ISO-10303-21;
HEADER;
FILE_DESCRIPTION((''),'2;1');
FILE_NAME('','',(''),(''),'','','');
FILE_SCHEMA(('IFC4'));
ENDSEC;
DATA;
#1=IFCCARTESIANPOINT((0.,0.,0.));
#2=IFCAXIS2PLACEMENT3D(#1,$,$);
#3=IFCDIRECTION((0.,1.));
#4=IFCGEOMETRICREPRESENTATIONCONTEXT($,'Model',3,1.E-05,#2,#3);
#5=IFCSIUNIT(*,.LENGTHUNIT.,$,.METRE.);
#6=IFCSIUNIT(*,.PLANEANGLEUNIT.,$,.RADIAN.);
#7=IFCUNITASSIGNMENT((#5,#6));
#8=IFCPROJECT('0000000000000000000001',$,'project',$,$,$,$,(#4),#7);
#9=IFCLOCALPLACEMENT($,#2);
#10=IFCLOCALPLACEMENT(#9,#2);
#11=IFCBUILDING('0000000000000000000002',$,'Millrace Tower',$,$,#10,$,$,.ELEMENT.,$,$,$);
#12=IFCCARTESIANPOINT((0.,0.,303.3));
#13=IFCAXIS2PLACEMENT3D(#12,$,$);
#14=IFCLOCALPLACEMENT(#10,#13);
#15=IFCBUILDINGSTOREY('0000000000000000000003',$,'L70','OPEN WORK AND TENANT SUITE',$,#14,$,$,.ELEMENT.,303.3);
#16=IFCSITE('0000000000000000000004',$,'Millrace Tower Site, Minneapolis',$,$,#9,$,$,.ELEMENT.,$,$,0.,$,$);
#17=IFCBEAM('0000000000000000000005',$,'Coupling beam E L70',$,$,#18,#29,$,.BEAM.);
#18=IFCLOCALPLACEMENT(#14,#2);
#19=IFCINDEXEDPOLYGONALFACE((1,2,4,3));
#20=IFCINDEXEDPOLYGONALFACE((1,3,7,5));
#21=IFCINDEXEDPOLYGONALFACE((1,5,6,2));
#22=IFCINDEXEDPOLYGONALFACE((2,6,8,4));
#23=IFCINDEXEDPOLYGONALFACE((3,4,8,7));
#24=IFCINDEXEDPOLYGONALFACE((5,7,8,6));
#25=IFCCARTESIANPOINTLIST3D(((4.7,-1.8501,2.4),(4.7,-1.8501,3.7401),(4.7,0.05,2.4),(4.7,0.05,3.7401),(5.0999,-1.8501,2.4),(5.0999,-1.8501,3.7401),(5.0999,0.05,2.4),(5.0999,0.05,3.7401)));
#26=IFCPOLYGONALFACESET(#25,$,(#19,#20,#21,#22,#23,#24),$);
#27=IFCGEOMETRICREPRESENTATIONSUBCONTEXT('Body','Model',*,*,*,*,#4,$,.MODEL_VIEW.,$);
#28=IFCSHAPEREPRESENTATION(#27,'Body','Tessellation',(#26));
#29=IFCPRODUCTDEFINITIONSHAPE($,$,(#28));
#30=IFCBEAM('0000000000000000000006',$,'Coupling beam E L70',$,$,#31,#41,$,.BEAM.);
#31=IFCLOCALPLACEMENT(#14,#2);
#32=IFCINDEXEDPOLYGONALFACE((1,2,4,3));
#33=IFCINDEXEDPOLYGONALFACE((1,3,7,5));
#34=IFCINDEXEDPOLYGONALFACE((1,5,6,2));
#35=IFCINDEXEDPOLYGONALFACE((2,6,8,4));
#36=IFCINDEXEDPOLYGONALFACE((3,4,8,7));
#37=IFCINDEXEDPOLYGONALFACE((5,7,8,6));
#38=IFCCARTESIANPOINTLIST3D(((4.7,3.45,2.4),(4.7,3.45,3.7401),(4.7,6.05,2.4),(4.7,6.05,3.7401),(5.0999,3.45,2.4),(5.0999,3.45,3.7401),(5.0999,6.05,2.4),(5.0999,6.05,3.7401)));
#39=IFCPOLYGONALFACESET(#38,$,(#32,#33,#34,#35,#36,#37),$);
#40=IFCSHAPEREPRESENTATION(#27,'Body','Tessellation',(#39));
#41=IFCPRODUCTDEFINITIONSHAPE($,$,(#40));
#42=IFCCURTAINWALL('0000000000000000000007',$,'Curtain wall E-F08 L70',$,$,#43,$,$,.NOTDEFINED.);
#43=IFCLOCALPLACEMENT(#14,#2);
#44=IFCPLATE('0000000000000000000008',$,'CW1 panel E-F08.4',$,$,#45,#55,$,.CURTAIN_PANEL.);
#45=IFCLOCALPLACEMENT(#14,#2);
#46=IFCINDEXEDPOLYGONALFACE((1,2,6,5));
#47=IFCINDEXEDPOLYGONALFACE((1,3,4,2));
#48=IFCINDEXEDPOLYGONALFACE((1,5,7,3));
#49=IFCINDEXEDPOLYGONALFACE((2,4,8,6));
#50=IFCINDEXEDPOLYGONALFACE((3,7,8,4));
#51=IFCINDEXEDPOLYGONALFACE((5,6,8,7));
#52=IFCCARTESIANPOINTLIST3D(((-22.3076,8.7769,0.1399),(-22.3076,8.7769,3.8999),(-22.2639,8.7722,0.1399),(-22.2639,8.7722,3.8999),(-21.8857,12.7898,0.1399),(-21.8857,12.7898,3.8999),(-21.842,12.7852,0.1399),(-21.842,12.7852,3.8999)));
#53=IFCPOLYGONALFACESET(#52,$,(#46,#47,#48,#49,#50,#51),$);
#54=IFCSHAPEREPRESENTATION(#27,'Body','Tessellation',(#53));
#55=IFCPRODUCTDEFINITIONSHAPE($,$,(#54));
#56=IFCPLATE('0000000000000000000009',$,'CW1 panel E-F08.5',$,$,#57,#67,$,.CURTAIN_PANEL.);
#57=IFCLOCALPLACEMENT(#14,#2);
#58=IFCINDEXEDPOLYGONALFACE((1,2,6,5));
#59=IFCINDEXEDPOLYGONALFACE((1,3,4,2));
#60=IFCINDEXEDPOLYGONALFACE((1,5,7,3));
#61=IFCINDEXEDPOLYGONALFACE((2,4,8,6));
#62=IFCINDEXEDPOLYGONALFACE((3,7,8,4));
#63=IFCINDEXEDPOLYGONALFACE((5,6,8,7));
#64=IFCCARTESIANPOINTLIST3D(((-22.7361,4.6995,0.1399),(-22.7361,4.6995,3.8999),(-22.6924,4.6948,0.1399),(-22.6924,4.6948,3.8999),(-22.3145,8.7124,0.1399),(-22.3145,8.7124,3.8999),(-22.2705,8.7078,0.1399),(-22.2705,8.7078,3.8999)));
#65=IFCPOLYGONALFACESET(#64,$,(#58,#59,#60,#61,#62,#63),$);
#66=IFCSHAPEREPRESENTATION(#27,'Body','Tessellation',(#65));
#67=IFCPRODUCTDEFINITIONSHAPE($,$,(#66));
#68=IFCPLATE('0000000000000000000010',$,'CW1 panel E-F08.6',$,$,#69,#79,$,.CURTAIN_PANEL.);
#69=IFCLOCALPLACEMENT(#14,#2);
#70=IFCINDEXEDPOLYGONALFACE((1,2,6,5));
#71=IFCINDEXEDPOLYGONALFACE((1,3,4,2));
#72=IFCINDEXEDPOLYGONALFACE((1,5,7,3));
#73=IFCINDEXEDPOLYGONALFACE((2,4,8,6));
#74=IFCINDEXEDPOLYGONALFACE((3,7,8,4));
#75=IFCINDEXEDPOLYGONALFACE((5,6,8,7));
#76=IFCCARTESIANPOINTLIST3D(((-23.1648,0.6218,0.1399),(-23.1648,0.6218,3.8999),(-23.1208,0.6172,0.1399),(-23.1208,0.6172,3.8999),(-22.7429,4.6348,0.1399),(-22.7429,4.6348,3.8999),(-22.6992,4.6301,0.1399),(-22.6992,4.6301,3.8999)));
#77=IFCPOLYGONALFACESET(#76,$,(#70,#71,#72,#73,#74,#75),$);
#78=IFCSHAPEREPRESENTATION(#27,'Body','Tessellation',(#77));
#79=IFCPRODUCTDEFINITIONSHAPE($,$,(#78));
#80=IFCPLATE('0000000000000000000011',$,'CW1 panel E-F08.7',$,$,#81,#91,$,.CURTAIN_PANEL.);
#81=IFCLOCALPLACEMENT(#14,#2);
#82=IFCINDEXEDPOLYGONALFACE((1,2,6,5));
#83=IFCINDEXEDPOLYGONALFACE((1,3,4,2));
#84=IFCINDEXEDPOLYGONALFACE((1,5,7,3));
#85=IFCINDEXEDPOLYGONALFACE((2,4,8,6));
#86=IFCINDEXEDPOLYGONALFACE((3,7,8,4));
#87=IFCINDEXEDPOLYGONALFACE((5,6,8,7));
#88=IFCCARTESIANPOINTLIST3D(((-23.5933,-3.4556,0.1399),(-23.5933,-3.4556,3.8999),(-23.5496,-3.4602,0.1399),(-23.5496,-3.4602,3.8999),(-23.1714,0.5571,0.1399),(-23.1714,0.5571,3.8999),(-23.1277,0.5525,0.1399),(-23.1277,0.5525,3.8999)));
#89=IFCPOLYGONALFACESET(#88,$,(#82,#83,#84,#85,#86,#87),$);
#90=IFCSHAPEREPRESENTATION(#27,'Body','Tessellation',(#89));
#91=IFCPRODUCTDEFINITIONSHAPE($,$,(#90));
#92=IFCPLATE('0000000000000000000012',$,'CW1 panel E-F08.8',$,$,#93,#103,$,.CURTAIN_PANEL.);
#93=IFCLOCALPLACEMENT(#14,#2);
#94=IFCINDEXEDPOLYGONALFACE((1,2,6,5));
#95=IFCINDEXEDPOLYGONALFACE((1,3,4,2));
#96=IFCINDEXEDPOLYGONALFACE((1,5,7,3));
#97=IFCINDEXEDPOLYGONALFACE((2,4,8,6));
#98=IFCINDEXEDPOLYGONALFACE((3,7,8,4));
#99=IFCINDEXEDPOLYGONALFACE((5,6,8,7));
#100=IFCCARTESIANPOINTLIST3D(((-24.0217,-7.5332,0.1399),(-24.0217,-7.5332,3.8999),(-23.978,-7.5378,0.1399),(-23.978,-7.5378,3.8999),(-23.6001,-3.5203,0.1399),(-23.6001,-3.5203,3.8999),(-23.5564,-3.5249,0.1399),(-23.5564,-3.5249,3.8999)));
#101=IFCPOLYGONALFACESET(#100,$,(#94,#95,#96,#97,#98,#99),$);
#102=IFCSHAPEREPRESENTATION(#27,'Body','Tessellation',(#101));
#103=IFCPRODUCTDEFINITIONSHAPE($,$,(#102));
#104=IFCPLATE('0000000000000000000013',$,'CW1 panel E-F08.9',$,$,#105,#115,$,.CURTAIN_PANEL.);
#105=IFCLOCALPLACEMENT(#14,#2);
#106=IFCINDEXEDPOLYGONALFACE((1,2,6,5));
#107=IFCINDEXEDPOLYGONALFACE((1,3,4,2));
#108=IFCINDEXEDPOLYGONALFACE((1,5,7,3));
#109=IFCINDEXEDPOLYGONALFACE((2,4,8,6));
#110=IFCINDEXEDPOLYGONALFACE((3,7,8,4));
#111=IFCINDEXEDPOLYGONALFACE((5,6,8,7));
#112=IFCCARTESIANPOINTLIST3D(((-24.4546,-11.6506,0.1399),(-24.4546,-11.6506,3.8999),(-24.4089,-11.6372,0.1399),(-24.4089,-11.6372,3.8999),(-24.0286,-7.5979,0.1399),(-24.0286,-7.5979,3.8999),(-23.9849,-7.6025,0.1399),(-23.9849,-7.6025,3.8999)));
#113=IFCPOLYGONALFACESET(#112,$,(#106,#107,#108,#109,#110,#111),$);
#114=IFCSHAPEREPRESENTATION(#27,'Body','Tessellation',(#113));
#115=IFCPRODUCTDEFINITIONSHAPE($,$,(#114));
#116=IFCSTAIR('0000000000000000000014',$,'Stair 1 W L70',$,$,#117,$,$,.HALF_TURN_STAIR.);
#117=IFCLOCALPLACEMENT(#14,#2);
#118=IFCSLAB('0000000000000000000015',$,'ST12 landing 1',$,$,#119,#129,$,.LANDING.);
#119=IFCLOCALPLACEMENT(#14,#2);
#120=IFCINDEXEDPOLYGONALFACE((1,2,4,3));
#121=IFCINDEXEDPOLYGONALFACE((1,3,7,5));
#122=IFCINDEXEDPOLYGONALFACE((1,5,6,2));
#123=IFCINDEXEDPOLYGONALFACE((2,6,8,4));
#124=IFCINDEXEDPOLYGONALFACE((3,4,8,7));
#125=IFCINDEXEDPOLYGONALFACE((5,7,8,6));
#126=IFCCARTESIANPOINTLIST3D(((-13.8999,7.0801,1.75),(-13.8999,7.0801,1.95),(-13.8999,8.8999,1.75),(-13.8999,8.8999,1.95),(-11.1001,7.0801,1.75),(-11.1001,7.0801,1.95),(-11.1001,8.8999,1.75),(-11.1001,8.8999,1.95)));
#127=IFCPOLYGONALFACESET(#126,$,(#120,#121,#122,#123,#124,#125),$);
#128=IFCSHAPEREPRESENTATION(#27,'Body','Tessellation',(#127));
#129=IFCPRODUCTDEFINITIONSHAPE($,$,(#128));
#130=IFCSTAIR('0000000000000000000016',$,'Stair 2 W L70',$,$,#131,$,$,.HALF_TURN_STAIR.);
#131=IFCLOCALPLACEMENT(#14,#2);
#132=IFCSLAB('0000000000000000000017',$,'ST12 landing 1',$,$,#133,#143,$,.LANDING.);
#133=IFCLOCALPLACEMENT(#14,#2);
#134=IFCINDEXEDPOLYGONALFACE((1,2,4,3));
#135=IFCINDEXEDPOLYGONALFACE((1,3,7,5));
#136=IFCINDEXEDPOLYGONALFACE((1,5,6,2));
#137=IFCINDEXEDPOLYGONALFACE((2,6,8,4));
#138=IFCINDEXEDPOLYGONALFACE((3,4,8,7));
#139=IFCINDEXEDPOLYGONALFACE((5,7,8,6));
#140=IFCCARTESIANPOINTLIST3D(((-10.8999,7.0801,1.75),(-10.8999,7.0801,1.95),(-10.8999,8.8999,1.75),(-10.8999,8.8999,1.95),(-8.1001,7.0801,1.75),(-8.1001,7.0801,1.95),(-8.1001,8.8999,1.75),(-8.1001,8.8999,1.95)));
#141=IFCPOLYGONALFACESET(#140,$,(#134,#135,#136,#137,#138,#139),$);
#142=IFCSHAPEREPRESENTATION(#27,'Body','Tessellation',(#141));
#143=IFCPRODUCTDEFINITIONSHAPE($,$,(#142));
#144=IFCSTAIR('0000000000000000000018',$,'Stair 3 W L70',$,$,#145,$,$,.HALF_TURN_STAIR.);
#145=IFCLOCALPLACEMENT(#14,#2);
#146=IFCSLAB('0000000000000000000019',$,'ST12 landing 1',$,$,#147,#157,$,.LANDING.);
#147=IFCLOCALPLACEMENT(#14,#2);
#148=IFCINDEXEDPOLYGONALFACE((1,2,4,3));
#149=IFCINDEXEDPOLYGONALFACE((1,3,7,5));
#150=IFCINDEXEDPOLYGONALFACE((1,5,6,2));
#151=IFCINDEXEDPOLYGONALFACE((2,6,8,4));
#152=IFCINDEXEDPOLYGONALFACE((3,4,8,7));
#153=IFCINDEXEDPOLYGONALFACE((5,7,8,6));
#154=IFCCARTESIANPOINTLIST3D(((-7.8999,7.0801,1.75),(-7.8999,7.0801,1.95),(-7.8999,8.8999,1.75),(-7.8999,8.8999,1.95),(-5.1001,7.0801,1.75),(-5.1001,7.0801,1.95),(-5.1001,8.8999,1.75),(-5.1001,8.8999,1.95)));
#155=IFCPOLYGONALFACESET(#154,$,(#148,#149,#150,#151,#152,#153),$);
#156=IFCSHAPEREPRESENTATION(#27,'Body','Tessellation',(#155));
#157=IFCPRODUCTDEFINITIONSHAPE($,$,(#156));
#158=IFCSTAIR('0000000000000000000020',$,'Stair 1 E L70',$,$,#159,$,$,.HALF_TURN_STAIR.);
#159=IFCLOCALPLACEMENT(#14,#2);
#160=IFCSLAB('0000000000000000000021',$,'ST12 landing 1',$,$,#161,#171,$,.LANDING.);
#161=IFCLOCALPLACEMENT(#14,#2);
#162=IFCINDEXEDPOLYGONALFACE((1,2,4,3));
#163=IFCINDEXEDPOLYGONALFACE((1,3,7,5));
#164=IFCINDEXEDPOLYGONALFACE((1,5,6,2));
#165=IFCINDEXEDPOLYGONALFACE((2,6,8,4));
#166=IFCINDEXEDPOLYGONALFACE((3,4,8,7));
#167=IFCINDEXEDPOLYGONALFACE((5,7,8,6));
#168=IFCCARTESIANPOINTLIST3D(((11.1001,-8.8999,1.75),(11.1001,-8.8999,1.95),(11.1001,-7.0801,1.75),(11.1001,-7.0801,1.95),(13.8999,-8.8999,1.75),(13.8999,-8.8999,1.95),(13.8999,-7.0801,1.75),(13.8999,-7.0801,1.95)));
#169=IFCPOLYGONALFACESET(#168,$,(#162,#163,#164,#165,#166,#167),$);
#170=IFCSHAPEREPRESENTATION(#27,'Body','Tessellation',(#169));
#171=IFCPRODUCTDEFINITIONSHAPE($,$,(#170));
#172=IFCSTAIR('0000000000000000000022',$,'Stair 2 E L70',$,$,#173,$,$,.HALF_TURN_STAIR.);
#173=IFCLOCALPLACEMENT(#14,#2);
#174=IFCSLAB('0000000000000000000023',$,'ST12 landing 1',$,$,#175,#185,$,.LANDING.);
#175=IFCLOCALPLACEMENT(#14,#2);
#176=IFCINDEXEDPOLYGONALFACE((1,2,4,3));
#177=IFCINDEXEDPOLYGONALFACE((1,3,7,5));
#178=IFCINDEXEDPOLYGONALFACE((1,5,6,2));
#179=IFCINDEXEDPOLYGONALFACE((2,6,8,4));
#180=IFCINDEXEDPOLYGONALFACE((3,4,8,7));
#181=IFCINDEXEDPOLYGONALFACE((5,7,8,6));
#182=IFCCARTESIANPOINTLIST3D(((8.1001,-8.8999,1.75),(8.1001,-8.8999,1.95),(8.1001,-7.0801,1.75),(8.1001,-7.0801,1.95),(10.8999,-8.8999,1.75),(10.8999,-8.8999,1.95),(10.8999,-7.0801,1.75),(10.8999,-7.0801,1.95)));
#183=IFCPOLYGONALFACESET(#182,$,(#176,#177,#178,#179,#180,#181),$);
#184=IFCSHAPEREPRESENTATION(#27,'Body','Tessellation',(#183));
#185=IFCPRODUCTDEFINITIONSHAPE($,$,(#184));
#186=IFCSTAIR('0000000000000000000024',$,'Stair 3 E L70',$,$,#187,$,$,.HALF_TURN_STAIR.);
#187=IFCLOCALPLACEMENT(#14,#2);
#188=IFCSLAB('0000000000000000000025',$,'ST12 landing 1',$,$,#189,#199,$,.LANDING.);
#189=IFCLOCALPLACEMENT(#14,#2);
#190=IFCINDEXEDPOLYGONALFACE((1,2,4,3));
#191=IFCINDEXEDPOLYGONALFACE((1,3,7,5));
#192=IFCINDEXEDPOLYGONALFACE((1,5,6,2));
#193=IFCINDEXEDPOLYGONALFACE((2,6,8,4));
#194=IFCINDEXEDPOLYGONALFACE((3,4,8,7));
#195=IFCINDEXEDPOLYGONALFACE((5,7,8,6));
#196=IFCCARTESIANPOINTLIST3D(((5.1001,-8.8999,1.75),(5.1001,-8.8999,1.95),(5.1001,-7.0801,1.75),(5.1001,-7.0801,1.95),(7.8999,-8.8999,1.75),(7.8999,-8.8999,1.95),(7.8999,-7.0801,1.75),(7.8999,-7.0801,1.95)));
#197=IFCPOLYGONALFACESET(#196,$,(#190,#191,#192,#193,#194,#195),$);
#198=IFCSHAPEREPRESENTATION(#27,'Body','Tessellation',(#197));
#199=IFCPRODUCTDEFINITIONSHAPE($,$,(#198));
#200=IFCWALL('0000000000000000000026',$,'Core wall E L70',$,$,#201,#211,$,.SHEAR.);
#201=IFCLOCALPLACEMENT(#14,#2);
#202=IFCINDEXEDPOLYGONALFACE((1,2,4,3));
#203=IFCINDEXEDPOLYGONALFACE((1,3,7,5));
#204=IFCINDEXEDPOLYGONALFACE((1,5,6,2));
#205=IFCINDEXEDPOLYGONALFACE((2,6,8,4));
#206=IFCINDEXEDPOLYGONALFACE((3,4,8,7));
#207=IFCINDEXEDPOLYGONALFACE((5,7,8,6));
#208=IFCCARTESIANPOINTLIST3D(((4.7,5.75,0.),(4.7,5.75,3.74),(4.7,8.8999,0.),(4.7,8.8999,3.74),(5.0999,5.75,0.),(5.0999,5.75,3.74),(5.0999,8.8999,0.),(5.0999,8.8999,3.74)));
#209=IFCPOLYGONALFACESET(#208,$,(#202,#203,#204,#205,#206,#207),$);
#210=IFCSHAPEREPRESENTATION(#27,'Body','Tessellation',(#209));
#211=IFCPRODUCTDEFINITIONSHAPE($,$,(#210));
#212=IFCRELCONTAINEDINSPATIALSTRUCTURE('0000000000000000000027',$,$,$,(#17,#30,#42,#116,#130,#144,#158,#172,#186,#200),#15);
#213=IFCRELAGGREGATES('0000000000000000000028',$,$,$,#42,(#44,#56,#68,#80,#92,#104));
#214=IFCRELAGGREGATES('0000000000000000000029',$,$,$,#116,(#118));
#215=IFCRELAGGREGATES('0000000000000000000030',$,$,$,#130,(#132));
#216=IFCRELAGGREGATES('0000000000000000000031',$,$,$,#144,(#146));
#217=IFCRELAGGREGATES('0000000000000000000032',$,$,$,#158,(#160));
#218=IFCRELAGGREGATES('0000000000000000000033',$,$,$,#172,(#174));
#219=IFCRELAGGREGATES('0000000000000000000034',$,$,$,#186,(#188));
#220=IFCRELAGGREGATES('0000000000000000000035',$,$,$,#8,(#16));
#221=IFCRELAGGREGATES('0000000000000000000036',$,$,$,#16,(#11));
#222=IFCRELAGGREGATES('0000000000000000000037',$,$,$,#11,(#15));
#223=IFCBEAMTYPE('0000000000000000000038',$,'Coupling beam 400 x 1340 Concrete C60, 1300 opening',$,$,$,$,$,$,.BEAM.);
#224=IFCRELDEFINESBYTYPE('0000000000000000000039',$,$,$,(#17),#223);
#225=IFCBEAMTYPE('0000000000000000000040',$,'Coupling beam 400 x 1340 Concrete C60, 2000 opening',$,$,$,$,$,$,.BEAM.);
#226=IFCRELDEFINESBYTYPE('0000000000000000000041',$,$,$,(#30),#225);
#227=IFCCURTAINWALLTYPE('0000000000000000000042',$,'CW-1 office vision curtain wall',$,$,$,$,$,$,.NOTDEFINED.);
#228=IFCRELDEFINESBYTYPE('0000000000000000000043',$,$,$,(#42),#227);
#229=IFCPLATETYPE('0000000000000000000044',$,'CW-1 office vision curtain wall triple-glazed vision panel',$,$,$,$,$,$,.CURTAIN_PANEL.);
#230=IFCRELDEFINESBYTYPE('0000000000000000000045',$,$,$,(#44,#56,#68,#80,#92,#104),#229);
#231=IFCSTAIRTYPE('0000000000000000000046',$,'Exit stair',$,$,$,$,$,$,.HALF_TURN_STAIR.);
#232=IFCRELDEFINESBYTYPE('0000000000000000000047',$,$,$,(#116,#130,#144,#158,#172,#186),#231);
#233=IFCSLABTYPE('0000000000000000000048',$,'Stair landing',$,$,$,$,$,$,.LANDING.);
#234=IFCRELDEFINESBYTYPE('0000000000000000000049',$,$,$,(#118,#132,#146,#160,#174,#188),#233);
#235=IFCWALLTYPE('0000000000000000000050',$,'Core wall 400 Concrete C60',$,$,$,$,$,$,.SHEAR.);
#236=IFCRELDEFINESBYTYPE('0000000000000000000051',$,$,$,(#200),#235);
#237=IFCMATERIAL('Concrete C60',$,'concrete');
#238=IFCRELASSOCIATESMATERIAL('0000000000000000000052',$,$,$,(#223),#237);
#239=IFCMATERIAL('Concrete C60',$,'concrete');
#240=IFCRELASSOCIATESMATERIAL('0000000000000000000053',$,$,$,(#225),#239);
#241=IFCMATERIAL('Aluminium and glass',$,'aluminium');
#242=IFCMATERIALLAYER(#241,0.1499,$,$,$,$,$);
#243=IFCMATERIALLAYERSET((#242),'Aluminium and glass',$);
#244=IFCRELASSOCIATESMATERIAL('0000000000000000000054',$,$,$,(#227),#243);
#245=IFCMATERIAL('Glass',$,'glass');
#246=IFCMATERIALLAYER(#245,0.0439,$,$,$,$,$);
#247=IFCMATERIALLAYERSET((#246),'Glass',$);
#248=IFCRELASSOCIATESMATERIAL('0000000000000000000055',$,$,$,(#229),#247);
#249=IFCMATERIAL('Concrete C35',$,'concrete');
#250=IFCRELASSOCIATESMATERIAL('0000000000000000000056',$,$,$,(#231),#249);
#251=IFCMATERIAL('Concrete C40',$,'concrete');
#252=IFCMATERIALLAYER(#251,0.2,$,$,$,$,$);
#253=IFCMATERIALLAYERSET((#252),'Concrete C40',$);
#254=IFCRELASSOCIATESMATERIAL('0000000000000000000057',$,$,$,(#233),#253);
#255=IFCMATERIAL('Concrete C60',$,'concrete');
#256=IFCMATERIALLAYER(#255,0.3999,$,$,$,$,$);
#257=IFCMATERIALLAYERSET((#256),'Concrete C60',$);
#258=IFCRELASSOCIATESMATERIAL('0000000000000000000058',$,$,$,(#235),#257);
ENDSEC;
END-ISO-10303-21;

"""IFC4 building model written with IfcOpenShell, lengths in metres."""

from ifc_helpers import new_model, si_unit, direction, frame, frame_2d, origin, origin_2d, place, context, subcontext, project, spatial, polyline, rectangle, outline, extrude, material, layer, layer_set, material_profile, profile_set, type_object, element, aggregate, save


model = new_model("IFC4")

# Units and contexts
model_context = context("Model", 3, precision=1e-05, world=origin(), true_north=direction((0.0, 1.0)))
body_context = subcontext(model_context, "Body", "Model", "MODEL_VIEW")
ifc_project = project(units=[si_unit("LENGTHUNIT", "METRE"), si_unit("PLANEANGLEUNIT", "RADIAN")], contexts=[model_context])

# Site, building, storey
site_placement = place(None, origin())
site = spatial("IfcSite", under=ifc_project, at=site_placement, Name="Millrace Tower Site, Minneapolis", CompositionType="ELEMENT", RefElevation=0.0)
building_placement = place(site_placement, origin())
building = spatial("IfcBuilding", under=site, at=building_placement, Name="Millrace Tower", CompositionType="ELEMENT")
storey_placement = place(building_placement, frame((0.0, 0.0, 303.3)))
storey = spatial("IfcBuildingStorey", under=building, at=storey_placement, Name="L70", Description="OPEN WORK AND TENANT SUITE", CompositionType="ELEMENT", Elevation=303.3)

# Beams
ifc_material_1 = material(Name="Concrete C60", Category="concrete")
ifc_material_profile_1 = material_profile(ifc_material_1, rectangle(XDim=0.3999, YDim=1.3401, at=origin_2d()))
ifc_profile_set_1 = profile_set([ifc_material_profile_1], Name="Concrete C60")
beam_type_1 = type_object("IfcBeamType", Name="Coupling beam 400 x 1340 Concrete C60, 1300 opening", PredefinedType="BEAM", material=ifc_profile_set_1)
beam_1_placement = place(storey_placement, frame((4.8999, 0.05, 3.0701), z_axis=(0.0, -1.0, 0.0), x_axis=(1.0, 0.0, 0.0)))
element("IfcBeam", 1, at=beam_1_placement, inside=storey, type_object=beam_type_1, Name="Coupling beam E L70", PredefinedType="BEAM", context=body_context, shape_type="SweptSolid", body=[
    extrude(rectangle(XDim=0.3999, YDim=1.3401, at=origin_2d()), origin(), (0.0, 0.0, 1.0), 1.9001),
])
ifc_material_2 = material(Name="Concrete C60", Category="concrete")
ifc_material_profile_2 = material_profile(ifc_material_2, rectangle(XDim=0.3999, YDim=1.3401, at=origin_2d()))
ifc_profile_set_2 = profile_set([ifc_material_profile_2], Name="Concrete C60")
beam_type_2 = type_object("IfcBeamType", Name="Coupling beam 400 x 1340 Concrete C60, 2000 opening", PredefinedType="BEAM", material=ifc_profile_set_2)
beam_2_placement = place(storey_placement, frame((4.8999, 6.05, 3.0701), z_axis=(0.0, -1.0, 0.0), x_axis=(1.0, 0.0, 0.0)))
element("IfcBeam", 2, at=beam_2_placement, inside=storey, type_object=beam_type_2, Name="Coupling beam E L70", PredefinedType="BEAM", context=body_context, shape_type="SweptSolid", body=[
    extrude(rectangle(XDim=0.3999, YDim=1.3401, at=origin_2d()), origin(), (0.0, 0.0, 1.0), 2.6001),
])

# Curtain wall, plates
ifc_material_3 = material(Name="Aluminium and glass", Category="aluminium")
ifc_layer_1 = layer(ifc_material_3, 0.1499)
ifc_layer_set_1 = layer_set([ifc_layer_1], Name="Aluminium and glass")
curtain_wall_type = type_object("IfcCurtainWallType", Name="CW-1 office vision curtain wall", PredefinedType="NOTDEFINED", material=ifc_layer_set_1)
placement_1 = place(storey_placement, origin())
curtain_wall = element("IfcCurtainWall", 3, at=placement_1, inside=storey, type_object=curtain_wall_type, Name="Curtain wall E-F08 L70", PredefinedType="NOTDEFINED")
ifc_material_4 = material(Name="Glass", Category="glass")
ifc_layer_2 = layer(ifc_material_4, 0.0439)
ifc_layer_set_2 = layer_set([ifc_layer_2], Name="Glass")
plate_type = type_object("IfcPlateType", Name="CW-1 office vision curtain wall triple-glazed vision panel", PredefinedType="CURTAIN_PANEL", material=ifc_layer_set_2)
placement_2 = place(storey_placement, frame((0.0, 0.0, 0.1399)))
plate_1 = element("IfcPlate", 4, at=placement_2, type_object=plate_type, Name="CW1 panel E-F08.4", PredefinedType="CURTAIN_PANEL", context=body_context, shape_type="SweptSolid", body=[
    extrude(outline(polyline([(-21.8857, 12.7898), (-22.3076, 8.7769), (-22.2639, 8.7722), (-21.842, 12.7852), (-21.8857, 12.7898)])), origin(), (0.0, 0.0, 1.0), 3.76),
])
plate_2 = element("IfcPlate", 5, at=placement_2, type_object=plate_type, Name="CW1 panel E-F08.5", PredefinedType="CURTAIN_PANEL", context=body_context, shape_type="SweptSolid", body=[
    extrude(outline(polyline([(-22.3145, 8.7124), (-22.7361, 4.6995), (-22.6924, 4.6948), (-22.2705, 8.7078), (-22.3145, 8.7124)])), origin(), (0.0, 0.0, 1.0), 3.76),
])
plate_3 = element("IfcPlate", 6, at=placement_2, type_object=plate_type, Name="CW1 panel E-F08.6", PredefinedType="CURTAIN_PANEL", context=body_context, shape_type="SweptSolid", body=[
    extrude(outline(polyline([(-22.7429, 4.6348), (-23.1648, 0.6218), (-23.1208, 0.6172), (-22.6992, 4.6301), (-22.7429, 4.6348)])), origin(), (0.0, 0.0, 1.0), 3.76),
])
plate_4 = element("IfcPlate", 7, at=placement_2, type_object=plate_type, Name="CW1 panel E-F08.7", PredefinedType="CURTAIN_PANEL", context=body_context, shape_type="SweptSolid", body=[
    extrude(outline(polyline([(-23.1714, 0.5571), (-23.5933, -3.4556), (-23.5496, -3.4602), (-23.1277, 0.5525), (-23.1714, 0.5571)])), origin(), (0.0, 0.0, 1.0), 3.76),
])
plate_5 = element("IfcPlate", 8, at=placement_2, type_object=plate_type, Name="CW1 panel E-F08.8", PredefinedType="CURTAIN_PANEL", context=body_context, shape_type="SweptSolid", body=[
    extrude(outline(polyline([(-23.6001, -3.5203), (-24.0217, -7.5332), (-23.978, -7.5378), (-23.5564, -3.5249), (-23.6001, -3.5203)])), origin(), (0.0, 0.0, 1.0), 3.76),
])
plate_6 = element("IfcPlate", 9, at=placement_2, type_object=plate_type, Name="CW1 panel E-F08.9", PredefinedType="CURTAIN_PANEL", context=body_context, shape_type="SweptSolid", body=[
    extrude(outline(polyline([(-24.0286, -7.5979), (-24.4546, -11.6506), (-24.4089, -11.6372), (-23.9849, -7.6025), (-24.0286, -7.5979)])), origin(), (0.0, 0.0, 1.0), 3.76),
])
aggregate(curtain_wall, [plate_1, plate_2, plate_3, plate_4, plate_5, plate_6])

# Stairs, slabs
ifc_material_5 = material(Name="Concrete C35", Category="concrete")
stair_type = type_object("IfcStairType", Name="Exit stair", PredefinedType="HALF_TURN_STAIR", material=ifc_material_5)
stair_1 = element("IfcStair", 10, at=placement_1, inside=storey, type_object=stair_type, Name="Stair 1 W L70", PredefinedType="HALF_TURN_STAIR")
ifc_material_6 = material(Name="Concrete C40", Category="concrete")
ifc_layer_3 = layer(ifc_material_6, 0.2)
ifc_layer_set_3 = layer_set([ifc_layer_3], Name="Concrete C40")
slab_type = type_object("IfcSlabType", Name="Stair landing", PredefinedType="LANDING", material=ifc_layer_set_3)
placement_3 = place(storey_placement, frame((0.0, 0.0, 1.75)))
slab_1 = element("IfcSlab", 11, at=placement_3, type_object=slab_type, Name="ST12 landing 1", PredefinedType="LANDING", context=body_context, shape_type="SweptSolid", body=[
    extrude(outline(polyline([(-13.8999, 7.0801), (-11.1001, 7.0801), (-11.1001, 8.8999), (-13.8999, 8.8999), (-13.8999, 7.0801)])), origin(), (0.0, 0.0, 1.0), 0.2),
])
aggregate(stair_1, [slab_1])
stair_2 = element("IfcStair", 12, at=placement_1, inside=storey, type_object=stair_type, Name="Stair 2 W L70", PredefinedType="HALF_TURN_STAIR")
slab_2 = element("IfcSlab", 13, at=placement_3, type_object=slab_type, Name="ST12 landing 1", PredefinedType="LANDING", context=body_context, shape_type="SweptSolid", body=[
    extrude(outline(polyline([(-10.8999, 7.0801), (-8.1001, 7.0801), (-8.1001, 8.8999), (-10.8999, 8.8999), (-10.8999, 7.0801)])), origin(), (0.0, 0.0, 1.0), 0.2),
])
aggregate(stair_2, [slab_2])
stair_3 = element("IfcStair", 14, at=placement_1, inside=storey, type_object=stair_type, Name="Stair 3 W L70", PredefinedType="HALF_TURN_STAIR")
slab_3 = element("IfcSlab", 15, at=placement_3, type_object=slab_type, Name="ST12 landing 1", PredefinedType="LANDING", context=body_context, shape_type="SweptSolid", body=[
    extrude(outline(polyline([(-7.8999, 7.0801), (-5.1001, 7.0801), (-5.1001, 8.8999), (-7.8999, 8.8999), (-7.8999, 7.0801)])), origin(), (0.0, 0.0, 1.0), 0.2),
])
aggregate(stair_3, [slab_3])
stair_4 = element("IfcStair", 16, at=placement_1, inside=storey, type_object=stair_type, Name="Stair 1 E L70", PredefinedType="HALF_TURN_STAIR")
slab_4 = element("IfcSlab", 17, at=placement_3, type_object=slab_type, Name="ST12 landing 1", PredefinedType="LANDING", context=body_context, shape_type="SweptSolid", body=[
    extrude(outline(polyline([(11.1001, -8.8999), (13.8999, -8.8999), (13.8999, -7.0801), (11.1001, -7.0801), (11.1001, -8.8999)])), origin(), (0.0, 0.0, 1.0), 0.2),
])
aggregate(stair_4, [slab_4])
stair_5 = element("IfcStair", 18, at=placement_1, inside=storey, type_object=stair_type, Name="Stair 2 E L70", PredefinedType="HALF_TURN_STAIR")
slab_5 = element("IfcSlab", 19, at=placement_3, type_object=slab_type, Name="ST12 landing 1", PredefinedType="LANDING", context=body_context, shape_type="SweptSolid", body=[
    extrude(outline(polyline([(8.1001, -8.8999), (10.8999, -8.8999), (10.8999, -7.0801), (8.1001, -7.0801), (8.1001, -8.8999)])), origin(), (0.0, 0.0, 1.0), 0.2),
])
aggregate(stair_5, [slab_5])
stair_6 = element("IfcStair", 20, at=placement_1, inside=storey, type_object=stair_type, Name="Stair 3 E L70", PredefinedType="HALF_TURN_STAIR")
slab_6 = element("IfcSlab", 21, at=placement_3, type_object=slab_type, Name="ST12 landing 1", PredefinedType="LANDING", context=body_context, shape_type="SweptSolid", body=[
    extrude(outline(polyline([(5.1001, -8.8999), (7.8999, -8.8999), (7.8999, -7.0801), (5.1001, -7.0801), (5.1001, -8.8999)])), origin(), (0.0, 0.0, 1.0), 0.2),
])
aggregate(stair_6, [slab_6])

# Wall
ifc_material_7 = material(Name="Concrete C60", Category="concrete")
ifc_layer_4 = layer(ifc_material_7, 0.3999)
ifc_layer_set_4 = layer_set([ifc_layer_4], Name="Concrete C60")
wall_type_1 = type_object("IfcWallType", Name="Core wall 400 Concrete C60", PredefinedType="SHEAR", material=ifc_layer_set_4)
wall_1_placement = place(storey_placement, frame((4.8999, 8.8999, 0.0), z_axis=(0.0, 0.0, 1.0), x_axis=(0.0, -1.0, 0.0)))
element("IfcWall", 22, at=wall_1_placement, inside=storey, type_object=wall_type_1, Name="Core wall E L70", PredefinedType="SHEAR", context=body_context, shape_type="SweptSolid", body=[
    extrude(rectangle(XDim=3.1499, YDim=0.3999, at=frame_2d((1.575, 0.0))), origin(), (0.0, 0.0, 1.0), 3.74),
])

save(model, "model.ifc")
